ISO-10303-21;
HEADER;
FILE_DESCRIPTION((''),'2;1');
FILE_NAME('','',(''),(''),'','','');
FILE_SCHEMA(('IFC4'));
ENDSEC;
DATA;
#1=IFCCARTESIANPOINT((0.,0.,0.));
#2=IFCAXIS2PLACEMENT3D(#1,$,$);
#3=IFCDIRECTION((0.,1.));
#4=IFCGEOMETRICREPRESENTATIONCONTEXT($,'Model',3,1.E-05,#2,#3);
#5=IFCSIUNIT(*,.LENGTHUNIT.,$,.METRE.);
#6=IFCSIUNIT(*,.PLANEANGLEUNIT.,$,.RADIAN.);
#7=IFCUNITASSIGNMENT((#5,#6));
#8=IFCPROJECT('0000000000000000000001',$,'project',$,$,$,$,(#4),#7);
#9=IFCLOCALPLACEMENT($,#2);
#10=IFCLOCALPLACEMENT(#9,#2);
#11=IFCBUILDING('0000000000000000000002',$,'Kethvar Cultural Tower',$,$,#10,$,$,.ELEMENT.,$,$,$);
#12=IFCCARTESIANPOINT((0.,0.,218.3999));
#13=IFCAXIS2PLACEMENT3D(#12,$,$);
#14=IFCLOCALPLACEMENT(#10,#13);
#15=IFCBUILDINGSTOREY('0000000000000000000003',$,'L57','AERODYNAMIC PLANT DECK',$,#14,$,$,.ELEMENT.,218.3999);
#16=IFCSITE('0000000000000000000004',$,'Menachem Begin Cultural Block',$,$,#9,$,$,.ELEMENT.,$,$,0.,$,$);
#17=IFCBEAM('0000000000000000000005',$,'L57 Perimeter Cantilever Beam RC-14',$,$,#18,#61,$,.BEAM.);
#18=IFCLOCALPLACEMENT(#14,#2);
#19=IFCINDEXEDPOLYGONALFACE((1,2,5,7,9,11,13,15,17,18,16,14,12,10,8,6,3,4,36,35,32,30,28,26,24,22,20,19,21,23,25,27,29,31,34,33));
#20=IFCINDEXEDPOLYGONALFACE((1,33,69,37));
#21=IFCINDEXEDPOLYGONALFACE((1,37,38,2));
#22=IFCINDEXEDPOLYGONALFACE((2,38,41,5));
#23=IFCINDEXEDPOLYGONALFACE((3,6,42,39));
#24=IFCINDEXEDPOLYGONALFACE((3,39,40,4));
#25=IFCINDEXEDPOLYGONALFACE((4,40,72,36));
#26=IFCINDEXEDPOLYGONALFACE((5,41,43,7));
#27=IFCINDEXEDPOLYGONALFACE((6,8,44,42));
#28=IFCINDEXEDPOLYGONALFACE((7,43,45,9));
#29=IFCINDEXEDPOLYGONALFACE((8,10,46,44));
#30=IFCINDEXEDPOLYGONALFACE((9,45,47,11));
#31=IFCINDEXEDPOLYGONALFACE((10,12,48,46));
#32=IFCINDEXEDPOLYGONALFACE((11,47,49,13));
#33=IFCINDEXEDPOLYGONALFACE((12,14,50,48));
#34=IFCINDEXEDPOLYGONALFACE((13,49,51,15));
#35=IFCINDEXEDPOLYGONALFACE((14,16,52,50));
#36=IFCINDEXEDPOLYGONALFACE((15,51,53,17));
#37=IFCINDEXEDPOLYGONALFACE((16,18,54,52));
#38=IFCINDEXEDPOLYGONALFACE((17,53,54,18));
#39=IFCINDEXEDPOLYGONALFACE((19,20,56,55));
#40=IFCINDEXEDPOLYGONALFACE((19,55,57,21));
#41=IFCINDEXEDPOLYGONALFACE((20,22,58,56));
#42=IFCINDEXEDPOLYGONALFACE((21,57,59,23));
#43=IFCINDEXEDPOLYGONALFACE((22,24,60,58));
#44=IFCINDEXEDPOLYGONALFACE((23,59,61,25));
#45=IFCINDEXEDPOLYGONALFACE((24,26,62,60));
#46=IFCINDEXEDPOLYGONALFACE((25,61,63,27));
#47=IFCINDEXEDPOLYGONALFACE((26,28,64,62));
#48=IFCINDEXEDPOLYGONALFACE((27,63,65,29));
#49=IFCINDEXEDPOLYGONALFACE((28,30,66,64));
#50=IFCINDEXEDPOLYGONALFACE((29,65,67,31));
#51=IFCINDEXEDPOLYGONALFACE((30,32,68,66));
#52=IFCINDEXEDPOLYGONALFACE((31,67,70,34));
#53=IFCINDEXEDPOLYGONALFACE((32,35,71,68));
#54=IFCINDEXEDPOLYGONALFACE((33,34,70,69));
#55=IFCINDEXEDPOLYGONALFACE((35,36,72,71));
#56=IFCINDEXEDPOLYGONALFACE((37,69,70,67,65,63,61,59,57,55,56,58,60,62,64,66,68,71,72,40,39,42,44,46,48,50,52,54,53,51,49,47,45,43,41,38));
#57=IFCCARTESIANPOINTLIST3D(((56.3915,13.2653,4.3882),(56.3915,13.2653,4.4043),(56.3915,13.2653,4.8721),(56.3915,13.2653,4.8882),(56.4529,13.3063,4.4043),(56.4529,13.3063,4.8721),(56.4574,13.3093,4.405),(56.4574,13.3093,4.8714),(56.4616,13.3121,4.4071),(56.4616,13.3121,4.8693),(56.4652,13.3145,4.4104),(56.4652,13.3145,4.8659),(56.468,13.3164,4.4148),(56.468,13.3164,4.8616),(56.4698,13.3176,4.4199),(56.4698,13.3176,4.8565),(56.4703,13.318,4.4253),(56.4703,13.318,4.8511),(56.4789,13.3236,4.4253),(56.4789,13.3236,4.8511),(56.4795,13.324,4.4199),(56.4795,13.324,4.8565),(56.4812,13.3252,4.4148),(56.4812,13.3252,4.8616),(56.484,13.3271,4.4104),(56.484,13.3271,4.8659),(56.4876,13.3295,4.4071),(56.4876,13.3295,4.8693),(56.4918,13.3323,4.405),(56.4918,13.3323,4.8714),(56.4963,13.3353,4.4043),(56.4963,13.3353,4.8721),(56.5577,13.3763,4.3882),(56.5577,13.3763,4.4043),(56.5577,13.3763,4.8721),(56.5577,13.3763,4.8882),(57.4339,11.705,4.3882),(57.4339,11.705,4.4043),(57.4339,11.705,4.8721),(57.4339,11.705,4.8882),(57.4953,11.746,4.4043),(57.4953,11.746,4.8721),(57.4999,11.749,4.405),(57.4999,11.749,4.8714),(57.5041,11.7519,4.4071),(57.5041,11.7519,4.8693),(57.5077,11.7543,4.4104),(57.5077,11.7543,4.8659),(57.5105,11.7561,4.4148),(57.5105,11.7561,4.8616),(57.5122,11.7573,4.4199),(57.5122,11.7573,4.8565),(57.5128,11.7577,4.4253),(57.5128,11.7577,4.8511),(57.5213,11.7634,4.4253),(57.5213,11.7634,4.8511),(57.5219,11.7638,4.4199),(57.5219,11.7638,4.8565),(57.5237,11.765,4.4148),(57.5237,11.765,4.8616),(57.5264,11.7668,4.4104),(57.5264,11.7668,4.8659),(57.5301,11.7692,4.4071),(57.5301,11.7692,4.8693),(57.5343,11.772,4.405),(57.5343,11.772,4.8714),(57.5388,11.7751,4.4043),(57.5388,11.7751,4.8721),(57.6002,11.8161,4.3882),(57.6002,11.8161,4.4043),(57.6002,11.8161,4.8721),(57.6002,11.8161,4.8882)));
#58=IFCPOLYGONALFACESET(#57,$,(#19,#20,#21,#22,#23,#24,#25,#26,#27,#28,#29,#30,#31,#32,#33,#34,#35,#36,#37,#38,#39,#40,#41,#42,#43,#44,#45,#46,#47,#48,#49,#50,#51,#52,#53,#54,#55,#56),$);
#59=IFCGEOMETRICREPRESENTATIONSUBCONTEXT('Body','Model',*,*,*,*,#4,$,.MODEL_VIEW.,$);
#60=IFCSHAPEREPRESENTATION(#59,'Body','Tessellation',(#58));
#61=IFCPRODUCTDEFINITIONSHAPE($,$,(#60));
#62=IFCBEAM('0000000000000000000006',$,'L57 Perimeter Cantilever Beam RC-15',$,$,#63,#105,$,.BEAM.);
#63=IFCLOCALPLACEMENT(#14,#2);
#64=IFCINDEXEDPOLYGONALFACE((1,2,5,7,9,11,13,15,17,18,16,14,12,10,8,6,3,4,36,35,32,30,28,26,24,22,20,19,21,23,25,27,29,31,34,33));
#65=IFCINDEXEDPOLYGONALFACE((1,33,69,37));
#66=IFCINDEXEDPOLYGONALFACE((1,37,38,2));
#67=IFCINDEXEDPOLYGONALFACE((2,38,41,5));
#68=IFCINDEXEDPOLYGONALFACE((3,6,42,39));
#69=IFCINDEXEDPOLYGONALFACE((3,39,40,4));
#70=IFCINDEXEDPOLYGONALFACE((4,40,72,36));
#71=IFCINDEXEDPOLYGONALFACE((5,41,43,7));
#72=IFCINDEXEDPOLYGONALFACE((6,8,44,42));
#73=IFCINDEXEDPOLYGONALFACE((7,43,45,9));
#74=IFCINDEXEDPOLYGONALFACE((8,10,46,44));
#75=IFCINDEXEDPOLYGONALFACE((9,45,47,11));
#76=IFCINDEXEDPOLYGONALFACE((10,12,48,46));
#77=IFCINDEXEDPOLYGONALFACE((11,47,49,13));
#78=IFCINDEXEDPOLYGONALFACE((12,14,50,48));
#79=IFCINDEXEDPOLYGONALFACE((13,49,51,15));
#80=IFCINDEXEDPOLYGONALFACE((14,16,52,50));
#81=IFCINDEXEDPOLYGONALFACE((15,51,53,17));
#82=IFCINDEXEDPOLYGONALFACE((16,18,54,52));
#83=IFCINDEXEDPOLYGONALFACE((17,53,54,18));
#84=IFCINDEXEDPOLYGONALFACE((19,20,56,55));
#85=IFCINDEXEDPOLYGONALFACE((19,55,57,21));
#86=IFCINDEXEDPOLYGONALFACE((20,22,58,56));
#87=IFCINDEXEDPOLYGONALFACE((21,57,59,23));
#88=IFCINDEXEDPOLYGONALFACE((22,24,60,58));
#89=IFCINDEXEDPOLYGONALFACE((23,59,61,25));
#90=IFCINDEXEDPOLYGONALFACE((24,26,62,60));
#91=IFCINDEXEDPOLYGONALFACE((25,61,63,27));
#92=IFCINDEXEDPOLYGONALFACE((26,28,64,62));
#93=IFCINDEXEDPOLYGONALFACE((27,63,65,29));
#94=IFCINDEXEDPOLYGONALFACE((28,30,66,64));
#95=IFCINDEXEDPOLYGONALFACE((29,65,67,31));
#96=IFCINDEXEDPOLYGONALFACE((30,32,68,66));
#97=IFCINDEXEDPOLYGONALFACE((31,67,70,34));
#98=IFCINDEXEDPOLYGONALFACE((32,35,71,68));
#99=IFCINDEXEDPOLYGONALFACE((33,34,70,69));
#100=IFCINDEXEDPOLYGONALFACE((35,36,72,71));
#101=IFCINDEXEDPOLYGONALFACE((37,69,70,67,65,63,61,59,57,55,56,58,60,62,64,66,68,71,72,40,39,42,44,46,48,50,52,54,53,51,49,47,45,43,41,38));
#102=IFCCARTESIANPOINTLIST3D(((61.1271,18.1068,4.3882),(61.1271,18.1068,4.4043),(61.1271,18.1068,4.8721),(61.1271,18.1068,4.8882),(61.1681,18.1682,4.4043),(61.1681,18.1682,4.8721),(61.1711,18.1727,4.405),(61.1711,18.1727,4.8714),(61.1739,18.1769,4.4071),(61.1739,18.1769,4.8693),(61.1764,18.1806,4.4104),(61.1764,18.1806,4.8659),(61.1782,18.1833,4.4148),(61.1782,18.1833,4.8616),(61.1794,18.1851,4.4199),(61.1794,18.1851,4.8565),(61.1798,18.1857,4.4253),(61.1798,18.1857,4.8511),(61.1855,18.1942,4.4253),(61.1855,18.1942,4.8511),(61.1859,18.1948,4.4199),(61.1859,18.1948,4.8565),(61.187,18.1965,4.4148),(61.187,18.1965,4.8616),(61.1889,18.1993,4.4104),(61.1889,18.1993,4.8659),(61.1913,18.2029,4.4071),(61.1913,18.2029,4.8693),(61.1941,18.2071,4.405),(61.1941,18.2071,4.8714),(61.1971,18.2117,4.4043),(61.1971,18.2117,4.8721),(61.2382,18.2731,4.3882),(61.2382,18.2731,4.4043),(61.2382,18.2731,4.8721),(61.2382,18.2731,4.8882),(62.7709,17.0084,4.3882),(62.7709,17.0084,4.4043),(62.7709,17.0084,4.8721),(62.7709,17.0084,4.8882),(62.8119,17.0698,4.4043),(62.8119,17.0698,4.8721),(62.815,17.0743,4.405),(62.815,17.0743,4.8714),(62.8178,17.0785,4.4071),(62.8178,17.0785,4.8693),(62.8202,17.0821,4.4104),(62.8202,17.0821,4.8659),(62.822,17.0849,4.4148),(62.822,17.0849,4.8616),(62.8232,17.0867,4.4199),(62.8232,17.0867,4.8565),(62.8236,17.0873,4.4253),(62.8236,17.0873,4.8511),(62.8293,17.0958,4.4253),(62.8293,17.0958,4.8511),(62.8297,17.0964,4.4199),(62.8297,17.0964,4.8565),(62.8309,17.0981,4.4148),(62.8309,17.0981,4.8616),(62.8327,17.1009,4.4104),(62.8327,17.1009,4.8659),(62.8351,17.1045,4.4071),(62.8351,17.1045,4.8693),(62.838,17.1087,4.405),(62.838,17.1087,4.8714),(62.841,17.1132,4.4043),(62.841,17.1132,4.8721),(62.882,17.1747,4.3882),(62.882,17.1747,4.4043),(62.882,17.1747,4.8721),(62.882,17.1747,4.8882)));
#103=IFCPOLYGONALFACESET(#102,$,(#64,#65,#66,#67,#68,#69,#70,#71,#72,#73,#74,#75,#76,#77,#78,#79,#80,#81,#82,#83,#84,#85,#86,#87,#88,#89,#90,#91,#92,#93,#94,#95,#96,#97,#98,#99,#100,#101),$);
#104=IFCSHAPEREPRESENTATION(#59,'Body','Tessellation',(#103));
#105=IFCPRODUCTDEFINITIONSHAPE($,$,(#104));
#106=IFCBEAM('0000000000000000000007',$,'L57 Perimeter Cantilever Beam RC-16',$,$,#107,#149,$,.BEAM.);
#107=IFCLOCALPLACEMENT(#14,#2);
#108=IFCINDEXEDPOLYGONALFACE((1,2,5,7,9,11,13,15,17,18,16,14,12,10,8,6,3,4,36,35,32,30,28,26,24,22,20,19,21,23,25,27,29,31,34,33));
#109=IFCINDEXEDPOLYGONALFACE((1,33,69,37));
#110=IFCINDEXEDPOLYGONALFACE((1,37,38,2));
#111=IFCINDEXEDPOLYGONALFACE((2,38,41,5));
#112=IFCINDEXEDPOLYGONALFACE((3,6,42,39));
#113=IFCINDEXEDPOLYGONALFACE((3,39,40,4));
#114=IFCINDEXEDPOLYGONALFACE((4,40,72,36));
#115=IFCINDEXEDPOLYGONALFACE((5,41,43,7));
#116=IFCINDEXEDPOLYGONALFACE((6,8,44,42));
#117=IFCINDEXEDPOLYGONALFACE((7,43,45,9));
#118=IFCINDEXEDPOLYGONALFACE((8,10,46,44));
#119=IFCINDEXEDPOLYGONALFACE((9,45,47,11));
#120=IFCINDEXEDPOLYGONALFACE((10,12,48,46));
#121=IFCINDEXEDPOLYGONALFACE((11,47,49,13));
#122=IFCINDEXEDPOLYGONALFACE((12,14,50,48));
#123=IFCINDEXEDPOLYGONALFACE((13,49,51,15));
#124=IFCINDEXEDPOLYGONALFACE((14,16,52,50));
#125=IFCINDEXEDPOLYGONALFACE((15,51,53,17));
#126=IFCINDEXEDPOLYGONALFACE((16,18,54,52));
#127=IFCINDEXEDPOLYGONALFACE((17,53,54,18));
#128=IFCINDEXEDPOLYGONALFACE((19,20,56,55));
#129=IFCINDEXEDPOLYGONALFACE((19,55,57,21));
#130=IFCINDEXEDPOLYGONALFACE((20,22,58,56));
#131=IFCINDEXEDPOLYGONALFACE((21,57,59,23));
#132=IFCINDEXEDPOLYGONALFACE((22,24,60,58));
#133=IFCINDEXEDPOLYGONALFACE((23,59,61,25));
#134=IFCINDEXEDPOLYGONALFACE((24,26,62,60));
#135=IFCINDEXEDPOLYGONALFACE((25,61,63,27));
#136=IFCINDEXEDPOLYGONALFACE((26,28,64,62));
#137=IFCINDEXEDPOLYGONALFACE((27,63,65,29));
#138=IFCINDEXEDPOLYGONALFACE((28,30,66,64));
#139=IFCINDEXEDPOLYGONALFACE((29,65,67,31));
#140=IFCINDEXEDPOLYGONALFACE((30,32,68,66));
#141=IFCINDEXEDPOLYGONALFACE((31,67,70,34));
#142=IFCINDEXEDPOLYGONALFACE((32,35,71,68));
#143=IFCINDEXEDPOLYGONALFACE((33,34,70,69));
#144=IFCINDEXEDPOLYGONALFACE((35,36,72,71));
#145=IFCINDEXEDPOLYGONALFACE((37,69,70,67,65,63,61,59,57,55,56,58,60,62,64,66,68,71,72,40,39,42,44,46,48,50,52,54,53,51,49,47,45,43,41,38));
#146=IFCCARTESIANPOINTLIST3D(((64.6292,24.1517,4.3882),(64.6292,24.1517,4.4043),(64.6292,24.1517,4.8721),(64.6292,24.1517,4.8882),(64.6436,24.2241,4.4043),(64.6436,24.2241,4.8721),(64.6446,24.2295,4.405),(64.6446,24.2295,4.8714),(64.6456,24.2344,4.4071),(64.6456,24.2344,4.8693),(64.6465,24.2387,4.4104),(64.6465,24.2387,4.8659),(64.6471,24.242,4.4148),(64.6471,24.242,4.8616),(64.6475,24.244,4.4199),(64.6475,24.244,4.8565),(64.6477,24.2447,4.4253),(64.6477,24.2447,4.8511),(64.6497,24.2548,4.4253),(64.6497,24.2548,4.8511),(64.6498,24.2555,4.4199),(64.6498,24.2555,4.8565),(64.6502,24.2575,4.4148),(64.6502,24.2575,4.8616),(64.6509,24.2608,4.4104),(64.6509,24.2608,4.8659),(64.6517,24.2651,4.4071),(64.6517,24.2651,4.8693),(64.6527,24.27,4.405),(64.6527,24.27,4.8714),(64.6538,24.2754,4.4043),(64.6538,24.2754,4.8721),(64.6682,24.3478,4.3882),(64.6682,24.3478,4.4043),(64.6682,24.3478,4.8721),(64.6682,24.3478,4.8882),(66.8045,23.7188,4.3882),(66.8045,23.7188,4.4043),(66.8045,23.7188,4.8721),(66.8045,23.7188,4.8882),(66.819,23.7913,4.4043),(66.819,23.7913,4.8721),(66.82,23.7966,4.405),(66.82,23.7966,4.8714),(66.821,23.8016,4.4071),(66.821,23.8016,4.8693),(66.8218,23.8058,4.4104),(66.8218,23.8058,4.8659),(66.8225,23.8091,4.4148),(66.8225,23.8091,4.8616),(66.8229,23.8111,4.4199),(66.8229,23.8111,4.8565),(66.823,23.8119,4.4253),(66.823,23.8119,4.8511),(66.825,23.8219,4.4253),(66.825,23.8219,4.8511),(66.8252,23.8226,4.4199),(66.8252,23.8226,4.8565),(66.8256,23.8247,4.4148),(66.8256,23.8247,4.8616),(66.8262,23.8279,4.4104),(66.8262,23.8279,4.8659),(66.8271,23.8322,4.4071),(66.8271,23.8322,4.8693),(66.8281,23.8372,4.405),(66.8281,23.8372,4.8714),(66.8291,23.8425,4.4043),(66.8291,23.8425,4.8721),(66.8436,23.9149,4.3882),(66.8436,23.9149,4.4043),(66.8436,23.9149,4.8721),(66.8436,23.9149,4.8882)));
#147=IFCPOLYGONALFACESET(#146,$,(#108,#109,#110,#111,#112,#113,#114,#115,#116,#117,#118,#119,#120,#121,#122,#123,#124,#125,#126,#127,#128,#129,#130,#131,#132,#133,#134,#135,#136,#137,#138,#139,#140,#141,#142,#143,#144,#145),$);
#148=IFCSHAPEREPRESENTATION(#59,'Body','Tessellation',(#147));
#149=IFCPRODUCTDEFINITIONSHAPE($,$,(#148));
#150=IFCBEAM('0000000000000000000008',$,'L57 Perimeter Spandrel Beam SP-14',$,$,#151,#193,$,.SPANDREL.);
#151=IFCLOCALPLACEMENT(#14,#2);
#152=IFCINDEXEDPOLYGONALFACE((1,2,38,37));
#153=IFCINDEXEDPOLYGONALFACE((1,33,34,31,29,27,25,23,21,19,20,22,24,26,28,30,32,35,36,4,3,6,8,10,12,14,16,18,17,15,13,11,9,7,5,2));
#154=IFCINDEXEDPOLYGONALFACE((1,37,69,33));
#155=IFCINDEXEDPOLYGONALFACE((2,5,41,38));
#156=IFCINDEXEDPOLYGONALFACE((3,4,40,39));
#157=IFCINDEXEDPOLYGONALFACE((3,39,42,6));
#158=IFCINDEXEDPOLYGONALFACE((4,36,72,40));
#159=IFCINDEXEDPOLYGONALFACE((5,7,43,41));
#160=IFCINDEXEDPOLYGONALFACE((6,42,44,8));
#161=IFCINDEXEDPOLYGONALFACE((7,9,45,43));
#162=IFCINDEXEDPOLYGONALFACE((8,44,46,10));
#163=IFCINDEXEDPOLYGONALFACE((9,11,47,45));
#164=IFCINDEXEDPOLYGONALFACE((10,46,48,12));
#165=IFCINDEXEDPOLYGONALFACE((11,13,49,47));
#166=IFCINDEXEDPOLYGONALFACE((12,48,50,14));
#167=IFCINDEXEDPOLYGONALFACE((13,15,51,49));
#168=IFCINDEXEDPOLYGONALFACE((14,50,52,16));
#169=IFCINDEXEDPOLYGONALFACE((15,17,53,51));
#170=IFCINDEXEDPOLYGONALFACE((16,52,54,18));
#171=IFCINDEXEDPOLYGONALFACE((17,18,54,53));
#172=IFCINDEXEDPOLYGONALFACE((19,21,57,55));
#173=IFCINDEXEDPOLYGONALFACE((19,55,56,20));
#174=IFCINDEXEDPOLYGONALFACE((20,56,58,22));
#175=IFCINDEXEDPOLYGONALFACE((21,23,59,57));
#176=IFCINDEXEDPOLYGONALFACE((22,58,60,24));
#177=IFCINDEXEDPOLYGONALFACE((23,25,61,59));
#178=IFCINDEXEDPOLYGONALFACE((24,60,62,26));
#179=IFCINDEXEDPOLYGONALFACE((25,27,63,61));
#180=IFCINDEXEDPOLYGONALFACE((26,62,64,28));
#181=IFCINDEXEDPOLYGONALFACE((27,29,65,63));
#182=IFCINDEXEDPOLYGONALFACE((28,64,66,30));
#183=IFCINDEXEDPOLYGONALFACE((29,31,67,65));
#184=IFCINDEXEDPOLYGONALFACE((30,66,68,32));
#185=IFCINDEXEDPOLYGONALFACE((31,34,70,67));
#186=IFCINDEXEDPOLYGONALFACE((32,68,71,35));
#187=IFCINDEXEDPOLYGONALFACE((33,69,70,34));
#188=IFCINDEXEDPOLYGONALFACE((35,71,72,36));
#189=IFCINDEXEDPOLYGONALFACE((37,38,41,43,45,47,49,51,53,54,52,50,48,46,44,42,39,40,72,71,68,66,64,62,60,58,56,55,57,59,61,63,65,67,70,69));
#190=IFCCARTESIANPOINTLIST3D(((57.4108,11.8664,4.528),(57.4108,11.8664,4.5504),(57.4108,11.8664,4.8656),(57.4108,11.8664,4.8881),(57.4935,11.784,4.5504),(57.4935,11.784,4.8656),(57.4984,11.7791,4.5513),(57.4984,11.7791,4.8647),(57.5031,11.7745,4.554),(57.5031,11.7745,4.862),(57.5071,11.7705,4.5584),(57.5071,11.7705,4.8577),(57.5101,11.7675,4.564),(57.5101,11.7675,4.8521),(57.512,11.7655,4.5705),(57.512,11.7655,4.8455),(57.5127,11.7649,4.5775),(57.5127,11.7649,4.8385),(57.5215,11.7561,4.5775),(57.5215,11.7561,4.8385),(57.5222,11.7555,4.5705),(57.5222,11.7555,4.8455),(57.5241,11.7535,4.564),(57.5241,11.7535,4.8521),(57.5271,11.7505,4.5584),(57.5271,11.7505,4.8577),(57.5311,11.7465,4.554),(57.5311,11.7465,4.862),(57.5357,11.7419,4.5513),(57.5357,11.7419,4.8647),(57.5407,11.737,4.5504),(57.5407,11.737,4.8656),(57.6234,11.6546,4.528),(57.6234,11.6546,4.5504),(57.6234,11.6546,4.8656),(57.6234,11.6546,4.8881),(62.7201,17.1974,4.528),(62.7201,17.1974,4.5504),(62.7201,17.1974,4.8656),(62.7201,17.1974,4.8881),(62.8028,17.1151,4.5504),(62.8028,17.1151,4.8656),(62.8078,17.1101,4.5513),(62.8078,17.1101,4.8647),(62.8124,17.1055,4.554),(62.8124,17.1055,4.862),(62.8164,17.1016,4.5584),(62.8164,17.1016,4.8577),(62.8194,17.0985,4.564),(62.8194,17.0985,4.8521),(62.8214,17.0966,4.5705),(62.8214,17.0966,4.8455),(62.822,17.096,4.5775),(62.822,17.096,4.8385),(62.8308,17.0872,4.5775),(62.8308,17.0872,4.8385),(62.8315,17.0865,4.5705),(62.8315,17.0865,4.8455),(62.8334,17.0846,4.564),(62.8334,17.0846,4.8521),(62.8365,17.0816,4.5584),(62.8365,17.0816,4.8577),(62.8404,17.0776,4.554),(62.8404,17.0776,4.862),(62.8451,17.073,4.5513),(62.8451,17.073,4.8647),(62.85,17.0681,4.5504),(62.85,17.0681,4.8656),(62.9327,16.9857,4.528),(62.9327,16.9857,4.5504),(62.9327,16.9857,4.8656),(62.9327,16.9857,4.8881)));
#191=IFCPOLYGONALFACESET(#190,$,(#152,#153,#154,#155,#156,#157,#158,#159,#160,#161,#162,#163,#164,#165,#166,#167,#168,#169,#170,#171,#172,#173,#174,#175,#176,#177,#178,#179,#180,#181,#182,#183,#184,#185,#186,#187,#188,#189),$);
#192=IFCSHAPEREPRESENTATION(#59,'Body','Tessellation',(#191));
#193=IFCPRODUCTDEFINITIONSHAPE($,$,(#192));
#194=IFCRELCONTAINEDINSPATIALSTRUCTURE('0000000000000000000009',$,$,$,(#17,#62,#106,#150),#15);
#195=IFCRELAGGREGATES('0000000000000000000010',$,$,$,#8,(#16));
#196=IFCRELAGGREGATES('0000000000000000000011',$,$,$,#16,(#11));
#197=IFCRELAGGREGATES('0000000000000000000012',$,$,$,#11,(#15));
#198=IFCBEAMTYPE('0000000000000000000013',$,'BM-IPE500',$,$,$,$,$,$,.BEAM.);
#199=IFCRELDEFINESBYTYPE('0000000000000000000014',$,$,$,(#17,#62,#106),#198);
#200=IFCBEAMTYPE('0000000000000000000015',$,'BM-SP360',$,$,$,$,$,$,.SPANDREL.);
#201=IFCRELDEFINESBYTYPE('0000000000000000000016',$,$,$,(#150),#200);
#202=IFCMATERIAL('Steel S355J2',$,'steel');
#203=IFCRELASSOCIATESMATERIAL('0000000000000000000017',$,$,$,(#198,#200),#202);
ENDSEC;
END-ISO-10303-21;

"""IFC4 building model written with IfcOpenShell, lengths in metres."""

from ifc_helpers import new_model, si_unit, direction, frame, origin, origin_2d, place, context, subcontext, project, spatial, i_section, extrude, source, transform, mapped, material, material_profile, profile_set, type_object, element, save


model = new_model("IFC4")

# Units and contexts
model_context = context("Model", 3, precision=1e-05, world=origin(), true_north=direction((0.0, 1.0)))
body_context = subcontext(model_context, "Body", "Model", "MODEL_VIEW")
ifc_project = project(units=[si_unit("LENGTHUNIT", "METRE"), si_unit("PLANEANGLEUNIT", "RADIAN")], contexts=[model_context])

# Site, building, storey
site_placement = place(None, origin())
site = spatial("IfcSite", under=ifc_project, at=site_placement, Name="Menachem Begin Cultural Block", CompositionType="ELEMENT", RefElevation=0.0)
building_placement = place(site_placement, origin())
building = spatial("IfcBuilding", under=site, at=building_placement, Name="Kethvar Cultural Tower", CompositionType="ELEMENT")
storey_placement = place(building_placement, frame((0.0, 0.0, 218.3999)))
storey = spatial("IfcBuildingStorey", under=building, at=storey_placement, Name="L57", Description="AERODYNAMIC PLANT DECK", CompositionType="ELEMENT", Elevation=218.3999)

# Beams
ifc_material_1 = material(Name="Steel S355J2", Category="steel")
ifc_material_profile_1 = material_profile(ifc_material_1, i_section(OverallWidth=0.2, OverallDepth=0.5, WebThickness=0.0103, FlangeThickness=0.0161, FilletRadius=0.021, at=origin_2d()), Name="Steel S355J2 — IPE500")
ifc_profile_set_1 = profile_set([ifc_material_profile_1], Name="Steel S355J2 — IPE500")
beam_type_1 = type_object("IfcBeamType", Name="BM-IPE500", PredefinedType="BEAM", material=ifc_profile_set_1)
shared_shape_1 = source(origin(), body_context, "Body", "SweptSolid", [
    extrude(i_section(OverallWidth=0.2, OverallDepth=0.5, WebThickness=0.0103, FlangeThickness=0.0161, FilletRadius=0.021, at=origin_2d()), origin(), (0.0, 0.0, 1.0), 1.8765),
])
beam_1_placement = place(storey_placement, frame((56.4746, 13.3208, 4.6382), z_axis=(0.555541, -0.831489, 0.0), x_axis=(0.831489, 0.555541, 0.0)))
element("IfcBeam", 1, at=beam_1_placement, inside=storey, type_object=beam_type_1, Name="L57 Perimeter Cantilever Beam RC-14", PredefinedType="BEAM", context=body_context, shape_type="MappedRepresentation", body=[
    mapped(shared_shape_1, transform((0.0, 0.0, 0.0), scale=1.0)),
])
shared_shape_2 = source(origin(), body_context, "Body", "SweptSolid", [
    extrude(i_section(OverallWidth=0.2, OverallDepth=0.5, WebThickness=0.0103, FlangeThickness=0.0161, FilletRadius=0.021, at=origin_2d()), origin(), (0.0, 0.0, 1.0), 1.9771),
])
beam_2_placement = place(storey_placement, frame((61.1826, 18.1899, 4.6382), z_axis=(0.831461, -0.555583, 0.0), x_axis=(0.555583, 0.831461, 0.0)))
element("IfcBeam", 2, at=beam_2_placement, inside=storey, type_object=beam_type_1, Name="L57 Perimeter Cantilever Beam RC-15", PredefinedType="BEAM", context=body_context, shape_type="MappedRepresentation", body=[
    mapped(shared_shape_2, transform((0.0, 0.0, 0.0), scale=1.0)),
])
shared_shape_3 = source(origin(), body_context, "Body", "SweptSolid", [
    extrude(i_section(OverallWidth=0.2, OverallDepth=0.5, WebThickness=0.0103, FlangeThickness=0.0161, FilletRadius=0.021, at=origin_2d()), origin(), (0.0, 0.0, 1.0), 2.218),
])
beam_3_placement = place(storey_placement, frame((64.6487, 24.2498, 4.6382), z_axis=(0.980771, -0.195163, 0.0), x_axis=(0.195163, 0.980771, 0.0)))
element("IfcBeam", 3, at=beam_3_placement, inside=storey, type_object=beam_type_1, Name="L57 Perimeter Cantilever Beam RC-16", PredefinedType="BEAM", context=body_context, shape_type="MappedRepresentation", body=[
    mapped(shared_shape_3, transform((0.0, 0.0, 0.0), scale=1.0)),
])
ifc_material_profile_2 = material_profile(ifc_material_1, i_section(OverallWidth=0.3, OverallDepth=0.3601, WebThickness=0.0125, FlangeThickness=0.0225, FilletRadius=0.0271, at=origin_2d()), Name="Steel S355J2 — HEB360")
ifc_profile_set_2 = profile_set([ifc_material_profile_2], Name="Steel S355J2 — HEB360")
beam_type_2 = type_object("IfcBeamType", Name="BM-SP360", PredefinedType="SPANDREL", material=ifc_profile_set_2)
shared_shape_4 = source(origin(), body_context, "Body", "SweptSolid", [
    extrude(i_section(OverallWidth=0.3, OverallDepth=0.3601, WebThickness=0.0125, FlangeThickness=0.0225, FilletRadius=0.0271, at=origin_2d()), origin(), (0.0, 0.0, 1.0), 7.5239),
])
beam_4_placement = place(storey_placement, frame((57.5171, 11.7605, 4.708), z_axis=(0.705661, 0.708549, 0.0), x_axis=(-0.708549, 0.705661, 0.0)))
element("IfcBeam", 4, at=beam_4_placement, inside=storey, type_object=beam_type_2, Name="L57 Perimeter Spandrel Beam SP-14", PredefinedType="SPANDREL", context=body_context, shape_type="MappedRepresentation", body=[
    mapped(shared_shape_4, transform((0.0, 0.0, 0.0), scale=1.0)),
])

save(model, "model.ifc")
